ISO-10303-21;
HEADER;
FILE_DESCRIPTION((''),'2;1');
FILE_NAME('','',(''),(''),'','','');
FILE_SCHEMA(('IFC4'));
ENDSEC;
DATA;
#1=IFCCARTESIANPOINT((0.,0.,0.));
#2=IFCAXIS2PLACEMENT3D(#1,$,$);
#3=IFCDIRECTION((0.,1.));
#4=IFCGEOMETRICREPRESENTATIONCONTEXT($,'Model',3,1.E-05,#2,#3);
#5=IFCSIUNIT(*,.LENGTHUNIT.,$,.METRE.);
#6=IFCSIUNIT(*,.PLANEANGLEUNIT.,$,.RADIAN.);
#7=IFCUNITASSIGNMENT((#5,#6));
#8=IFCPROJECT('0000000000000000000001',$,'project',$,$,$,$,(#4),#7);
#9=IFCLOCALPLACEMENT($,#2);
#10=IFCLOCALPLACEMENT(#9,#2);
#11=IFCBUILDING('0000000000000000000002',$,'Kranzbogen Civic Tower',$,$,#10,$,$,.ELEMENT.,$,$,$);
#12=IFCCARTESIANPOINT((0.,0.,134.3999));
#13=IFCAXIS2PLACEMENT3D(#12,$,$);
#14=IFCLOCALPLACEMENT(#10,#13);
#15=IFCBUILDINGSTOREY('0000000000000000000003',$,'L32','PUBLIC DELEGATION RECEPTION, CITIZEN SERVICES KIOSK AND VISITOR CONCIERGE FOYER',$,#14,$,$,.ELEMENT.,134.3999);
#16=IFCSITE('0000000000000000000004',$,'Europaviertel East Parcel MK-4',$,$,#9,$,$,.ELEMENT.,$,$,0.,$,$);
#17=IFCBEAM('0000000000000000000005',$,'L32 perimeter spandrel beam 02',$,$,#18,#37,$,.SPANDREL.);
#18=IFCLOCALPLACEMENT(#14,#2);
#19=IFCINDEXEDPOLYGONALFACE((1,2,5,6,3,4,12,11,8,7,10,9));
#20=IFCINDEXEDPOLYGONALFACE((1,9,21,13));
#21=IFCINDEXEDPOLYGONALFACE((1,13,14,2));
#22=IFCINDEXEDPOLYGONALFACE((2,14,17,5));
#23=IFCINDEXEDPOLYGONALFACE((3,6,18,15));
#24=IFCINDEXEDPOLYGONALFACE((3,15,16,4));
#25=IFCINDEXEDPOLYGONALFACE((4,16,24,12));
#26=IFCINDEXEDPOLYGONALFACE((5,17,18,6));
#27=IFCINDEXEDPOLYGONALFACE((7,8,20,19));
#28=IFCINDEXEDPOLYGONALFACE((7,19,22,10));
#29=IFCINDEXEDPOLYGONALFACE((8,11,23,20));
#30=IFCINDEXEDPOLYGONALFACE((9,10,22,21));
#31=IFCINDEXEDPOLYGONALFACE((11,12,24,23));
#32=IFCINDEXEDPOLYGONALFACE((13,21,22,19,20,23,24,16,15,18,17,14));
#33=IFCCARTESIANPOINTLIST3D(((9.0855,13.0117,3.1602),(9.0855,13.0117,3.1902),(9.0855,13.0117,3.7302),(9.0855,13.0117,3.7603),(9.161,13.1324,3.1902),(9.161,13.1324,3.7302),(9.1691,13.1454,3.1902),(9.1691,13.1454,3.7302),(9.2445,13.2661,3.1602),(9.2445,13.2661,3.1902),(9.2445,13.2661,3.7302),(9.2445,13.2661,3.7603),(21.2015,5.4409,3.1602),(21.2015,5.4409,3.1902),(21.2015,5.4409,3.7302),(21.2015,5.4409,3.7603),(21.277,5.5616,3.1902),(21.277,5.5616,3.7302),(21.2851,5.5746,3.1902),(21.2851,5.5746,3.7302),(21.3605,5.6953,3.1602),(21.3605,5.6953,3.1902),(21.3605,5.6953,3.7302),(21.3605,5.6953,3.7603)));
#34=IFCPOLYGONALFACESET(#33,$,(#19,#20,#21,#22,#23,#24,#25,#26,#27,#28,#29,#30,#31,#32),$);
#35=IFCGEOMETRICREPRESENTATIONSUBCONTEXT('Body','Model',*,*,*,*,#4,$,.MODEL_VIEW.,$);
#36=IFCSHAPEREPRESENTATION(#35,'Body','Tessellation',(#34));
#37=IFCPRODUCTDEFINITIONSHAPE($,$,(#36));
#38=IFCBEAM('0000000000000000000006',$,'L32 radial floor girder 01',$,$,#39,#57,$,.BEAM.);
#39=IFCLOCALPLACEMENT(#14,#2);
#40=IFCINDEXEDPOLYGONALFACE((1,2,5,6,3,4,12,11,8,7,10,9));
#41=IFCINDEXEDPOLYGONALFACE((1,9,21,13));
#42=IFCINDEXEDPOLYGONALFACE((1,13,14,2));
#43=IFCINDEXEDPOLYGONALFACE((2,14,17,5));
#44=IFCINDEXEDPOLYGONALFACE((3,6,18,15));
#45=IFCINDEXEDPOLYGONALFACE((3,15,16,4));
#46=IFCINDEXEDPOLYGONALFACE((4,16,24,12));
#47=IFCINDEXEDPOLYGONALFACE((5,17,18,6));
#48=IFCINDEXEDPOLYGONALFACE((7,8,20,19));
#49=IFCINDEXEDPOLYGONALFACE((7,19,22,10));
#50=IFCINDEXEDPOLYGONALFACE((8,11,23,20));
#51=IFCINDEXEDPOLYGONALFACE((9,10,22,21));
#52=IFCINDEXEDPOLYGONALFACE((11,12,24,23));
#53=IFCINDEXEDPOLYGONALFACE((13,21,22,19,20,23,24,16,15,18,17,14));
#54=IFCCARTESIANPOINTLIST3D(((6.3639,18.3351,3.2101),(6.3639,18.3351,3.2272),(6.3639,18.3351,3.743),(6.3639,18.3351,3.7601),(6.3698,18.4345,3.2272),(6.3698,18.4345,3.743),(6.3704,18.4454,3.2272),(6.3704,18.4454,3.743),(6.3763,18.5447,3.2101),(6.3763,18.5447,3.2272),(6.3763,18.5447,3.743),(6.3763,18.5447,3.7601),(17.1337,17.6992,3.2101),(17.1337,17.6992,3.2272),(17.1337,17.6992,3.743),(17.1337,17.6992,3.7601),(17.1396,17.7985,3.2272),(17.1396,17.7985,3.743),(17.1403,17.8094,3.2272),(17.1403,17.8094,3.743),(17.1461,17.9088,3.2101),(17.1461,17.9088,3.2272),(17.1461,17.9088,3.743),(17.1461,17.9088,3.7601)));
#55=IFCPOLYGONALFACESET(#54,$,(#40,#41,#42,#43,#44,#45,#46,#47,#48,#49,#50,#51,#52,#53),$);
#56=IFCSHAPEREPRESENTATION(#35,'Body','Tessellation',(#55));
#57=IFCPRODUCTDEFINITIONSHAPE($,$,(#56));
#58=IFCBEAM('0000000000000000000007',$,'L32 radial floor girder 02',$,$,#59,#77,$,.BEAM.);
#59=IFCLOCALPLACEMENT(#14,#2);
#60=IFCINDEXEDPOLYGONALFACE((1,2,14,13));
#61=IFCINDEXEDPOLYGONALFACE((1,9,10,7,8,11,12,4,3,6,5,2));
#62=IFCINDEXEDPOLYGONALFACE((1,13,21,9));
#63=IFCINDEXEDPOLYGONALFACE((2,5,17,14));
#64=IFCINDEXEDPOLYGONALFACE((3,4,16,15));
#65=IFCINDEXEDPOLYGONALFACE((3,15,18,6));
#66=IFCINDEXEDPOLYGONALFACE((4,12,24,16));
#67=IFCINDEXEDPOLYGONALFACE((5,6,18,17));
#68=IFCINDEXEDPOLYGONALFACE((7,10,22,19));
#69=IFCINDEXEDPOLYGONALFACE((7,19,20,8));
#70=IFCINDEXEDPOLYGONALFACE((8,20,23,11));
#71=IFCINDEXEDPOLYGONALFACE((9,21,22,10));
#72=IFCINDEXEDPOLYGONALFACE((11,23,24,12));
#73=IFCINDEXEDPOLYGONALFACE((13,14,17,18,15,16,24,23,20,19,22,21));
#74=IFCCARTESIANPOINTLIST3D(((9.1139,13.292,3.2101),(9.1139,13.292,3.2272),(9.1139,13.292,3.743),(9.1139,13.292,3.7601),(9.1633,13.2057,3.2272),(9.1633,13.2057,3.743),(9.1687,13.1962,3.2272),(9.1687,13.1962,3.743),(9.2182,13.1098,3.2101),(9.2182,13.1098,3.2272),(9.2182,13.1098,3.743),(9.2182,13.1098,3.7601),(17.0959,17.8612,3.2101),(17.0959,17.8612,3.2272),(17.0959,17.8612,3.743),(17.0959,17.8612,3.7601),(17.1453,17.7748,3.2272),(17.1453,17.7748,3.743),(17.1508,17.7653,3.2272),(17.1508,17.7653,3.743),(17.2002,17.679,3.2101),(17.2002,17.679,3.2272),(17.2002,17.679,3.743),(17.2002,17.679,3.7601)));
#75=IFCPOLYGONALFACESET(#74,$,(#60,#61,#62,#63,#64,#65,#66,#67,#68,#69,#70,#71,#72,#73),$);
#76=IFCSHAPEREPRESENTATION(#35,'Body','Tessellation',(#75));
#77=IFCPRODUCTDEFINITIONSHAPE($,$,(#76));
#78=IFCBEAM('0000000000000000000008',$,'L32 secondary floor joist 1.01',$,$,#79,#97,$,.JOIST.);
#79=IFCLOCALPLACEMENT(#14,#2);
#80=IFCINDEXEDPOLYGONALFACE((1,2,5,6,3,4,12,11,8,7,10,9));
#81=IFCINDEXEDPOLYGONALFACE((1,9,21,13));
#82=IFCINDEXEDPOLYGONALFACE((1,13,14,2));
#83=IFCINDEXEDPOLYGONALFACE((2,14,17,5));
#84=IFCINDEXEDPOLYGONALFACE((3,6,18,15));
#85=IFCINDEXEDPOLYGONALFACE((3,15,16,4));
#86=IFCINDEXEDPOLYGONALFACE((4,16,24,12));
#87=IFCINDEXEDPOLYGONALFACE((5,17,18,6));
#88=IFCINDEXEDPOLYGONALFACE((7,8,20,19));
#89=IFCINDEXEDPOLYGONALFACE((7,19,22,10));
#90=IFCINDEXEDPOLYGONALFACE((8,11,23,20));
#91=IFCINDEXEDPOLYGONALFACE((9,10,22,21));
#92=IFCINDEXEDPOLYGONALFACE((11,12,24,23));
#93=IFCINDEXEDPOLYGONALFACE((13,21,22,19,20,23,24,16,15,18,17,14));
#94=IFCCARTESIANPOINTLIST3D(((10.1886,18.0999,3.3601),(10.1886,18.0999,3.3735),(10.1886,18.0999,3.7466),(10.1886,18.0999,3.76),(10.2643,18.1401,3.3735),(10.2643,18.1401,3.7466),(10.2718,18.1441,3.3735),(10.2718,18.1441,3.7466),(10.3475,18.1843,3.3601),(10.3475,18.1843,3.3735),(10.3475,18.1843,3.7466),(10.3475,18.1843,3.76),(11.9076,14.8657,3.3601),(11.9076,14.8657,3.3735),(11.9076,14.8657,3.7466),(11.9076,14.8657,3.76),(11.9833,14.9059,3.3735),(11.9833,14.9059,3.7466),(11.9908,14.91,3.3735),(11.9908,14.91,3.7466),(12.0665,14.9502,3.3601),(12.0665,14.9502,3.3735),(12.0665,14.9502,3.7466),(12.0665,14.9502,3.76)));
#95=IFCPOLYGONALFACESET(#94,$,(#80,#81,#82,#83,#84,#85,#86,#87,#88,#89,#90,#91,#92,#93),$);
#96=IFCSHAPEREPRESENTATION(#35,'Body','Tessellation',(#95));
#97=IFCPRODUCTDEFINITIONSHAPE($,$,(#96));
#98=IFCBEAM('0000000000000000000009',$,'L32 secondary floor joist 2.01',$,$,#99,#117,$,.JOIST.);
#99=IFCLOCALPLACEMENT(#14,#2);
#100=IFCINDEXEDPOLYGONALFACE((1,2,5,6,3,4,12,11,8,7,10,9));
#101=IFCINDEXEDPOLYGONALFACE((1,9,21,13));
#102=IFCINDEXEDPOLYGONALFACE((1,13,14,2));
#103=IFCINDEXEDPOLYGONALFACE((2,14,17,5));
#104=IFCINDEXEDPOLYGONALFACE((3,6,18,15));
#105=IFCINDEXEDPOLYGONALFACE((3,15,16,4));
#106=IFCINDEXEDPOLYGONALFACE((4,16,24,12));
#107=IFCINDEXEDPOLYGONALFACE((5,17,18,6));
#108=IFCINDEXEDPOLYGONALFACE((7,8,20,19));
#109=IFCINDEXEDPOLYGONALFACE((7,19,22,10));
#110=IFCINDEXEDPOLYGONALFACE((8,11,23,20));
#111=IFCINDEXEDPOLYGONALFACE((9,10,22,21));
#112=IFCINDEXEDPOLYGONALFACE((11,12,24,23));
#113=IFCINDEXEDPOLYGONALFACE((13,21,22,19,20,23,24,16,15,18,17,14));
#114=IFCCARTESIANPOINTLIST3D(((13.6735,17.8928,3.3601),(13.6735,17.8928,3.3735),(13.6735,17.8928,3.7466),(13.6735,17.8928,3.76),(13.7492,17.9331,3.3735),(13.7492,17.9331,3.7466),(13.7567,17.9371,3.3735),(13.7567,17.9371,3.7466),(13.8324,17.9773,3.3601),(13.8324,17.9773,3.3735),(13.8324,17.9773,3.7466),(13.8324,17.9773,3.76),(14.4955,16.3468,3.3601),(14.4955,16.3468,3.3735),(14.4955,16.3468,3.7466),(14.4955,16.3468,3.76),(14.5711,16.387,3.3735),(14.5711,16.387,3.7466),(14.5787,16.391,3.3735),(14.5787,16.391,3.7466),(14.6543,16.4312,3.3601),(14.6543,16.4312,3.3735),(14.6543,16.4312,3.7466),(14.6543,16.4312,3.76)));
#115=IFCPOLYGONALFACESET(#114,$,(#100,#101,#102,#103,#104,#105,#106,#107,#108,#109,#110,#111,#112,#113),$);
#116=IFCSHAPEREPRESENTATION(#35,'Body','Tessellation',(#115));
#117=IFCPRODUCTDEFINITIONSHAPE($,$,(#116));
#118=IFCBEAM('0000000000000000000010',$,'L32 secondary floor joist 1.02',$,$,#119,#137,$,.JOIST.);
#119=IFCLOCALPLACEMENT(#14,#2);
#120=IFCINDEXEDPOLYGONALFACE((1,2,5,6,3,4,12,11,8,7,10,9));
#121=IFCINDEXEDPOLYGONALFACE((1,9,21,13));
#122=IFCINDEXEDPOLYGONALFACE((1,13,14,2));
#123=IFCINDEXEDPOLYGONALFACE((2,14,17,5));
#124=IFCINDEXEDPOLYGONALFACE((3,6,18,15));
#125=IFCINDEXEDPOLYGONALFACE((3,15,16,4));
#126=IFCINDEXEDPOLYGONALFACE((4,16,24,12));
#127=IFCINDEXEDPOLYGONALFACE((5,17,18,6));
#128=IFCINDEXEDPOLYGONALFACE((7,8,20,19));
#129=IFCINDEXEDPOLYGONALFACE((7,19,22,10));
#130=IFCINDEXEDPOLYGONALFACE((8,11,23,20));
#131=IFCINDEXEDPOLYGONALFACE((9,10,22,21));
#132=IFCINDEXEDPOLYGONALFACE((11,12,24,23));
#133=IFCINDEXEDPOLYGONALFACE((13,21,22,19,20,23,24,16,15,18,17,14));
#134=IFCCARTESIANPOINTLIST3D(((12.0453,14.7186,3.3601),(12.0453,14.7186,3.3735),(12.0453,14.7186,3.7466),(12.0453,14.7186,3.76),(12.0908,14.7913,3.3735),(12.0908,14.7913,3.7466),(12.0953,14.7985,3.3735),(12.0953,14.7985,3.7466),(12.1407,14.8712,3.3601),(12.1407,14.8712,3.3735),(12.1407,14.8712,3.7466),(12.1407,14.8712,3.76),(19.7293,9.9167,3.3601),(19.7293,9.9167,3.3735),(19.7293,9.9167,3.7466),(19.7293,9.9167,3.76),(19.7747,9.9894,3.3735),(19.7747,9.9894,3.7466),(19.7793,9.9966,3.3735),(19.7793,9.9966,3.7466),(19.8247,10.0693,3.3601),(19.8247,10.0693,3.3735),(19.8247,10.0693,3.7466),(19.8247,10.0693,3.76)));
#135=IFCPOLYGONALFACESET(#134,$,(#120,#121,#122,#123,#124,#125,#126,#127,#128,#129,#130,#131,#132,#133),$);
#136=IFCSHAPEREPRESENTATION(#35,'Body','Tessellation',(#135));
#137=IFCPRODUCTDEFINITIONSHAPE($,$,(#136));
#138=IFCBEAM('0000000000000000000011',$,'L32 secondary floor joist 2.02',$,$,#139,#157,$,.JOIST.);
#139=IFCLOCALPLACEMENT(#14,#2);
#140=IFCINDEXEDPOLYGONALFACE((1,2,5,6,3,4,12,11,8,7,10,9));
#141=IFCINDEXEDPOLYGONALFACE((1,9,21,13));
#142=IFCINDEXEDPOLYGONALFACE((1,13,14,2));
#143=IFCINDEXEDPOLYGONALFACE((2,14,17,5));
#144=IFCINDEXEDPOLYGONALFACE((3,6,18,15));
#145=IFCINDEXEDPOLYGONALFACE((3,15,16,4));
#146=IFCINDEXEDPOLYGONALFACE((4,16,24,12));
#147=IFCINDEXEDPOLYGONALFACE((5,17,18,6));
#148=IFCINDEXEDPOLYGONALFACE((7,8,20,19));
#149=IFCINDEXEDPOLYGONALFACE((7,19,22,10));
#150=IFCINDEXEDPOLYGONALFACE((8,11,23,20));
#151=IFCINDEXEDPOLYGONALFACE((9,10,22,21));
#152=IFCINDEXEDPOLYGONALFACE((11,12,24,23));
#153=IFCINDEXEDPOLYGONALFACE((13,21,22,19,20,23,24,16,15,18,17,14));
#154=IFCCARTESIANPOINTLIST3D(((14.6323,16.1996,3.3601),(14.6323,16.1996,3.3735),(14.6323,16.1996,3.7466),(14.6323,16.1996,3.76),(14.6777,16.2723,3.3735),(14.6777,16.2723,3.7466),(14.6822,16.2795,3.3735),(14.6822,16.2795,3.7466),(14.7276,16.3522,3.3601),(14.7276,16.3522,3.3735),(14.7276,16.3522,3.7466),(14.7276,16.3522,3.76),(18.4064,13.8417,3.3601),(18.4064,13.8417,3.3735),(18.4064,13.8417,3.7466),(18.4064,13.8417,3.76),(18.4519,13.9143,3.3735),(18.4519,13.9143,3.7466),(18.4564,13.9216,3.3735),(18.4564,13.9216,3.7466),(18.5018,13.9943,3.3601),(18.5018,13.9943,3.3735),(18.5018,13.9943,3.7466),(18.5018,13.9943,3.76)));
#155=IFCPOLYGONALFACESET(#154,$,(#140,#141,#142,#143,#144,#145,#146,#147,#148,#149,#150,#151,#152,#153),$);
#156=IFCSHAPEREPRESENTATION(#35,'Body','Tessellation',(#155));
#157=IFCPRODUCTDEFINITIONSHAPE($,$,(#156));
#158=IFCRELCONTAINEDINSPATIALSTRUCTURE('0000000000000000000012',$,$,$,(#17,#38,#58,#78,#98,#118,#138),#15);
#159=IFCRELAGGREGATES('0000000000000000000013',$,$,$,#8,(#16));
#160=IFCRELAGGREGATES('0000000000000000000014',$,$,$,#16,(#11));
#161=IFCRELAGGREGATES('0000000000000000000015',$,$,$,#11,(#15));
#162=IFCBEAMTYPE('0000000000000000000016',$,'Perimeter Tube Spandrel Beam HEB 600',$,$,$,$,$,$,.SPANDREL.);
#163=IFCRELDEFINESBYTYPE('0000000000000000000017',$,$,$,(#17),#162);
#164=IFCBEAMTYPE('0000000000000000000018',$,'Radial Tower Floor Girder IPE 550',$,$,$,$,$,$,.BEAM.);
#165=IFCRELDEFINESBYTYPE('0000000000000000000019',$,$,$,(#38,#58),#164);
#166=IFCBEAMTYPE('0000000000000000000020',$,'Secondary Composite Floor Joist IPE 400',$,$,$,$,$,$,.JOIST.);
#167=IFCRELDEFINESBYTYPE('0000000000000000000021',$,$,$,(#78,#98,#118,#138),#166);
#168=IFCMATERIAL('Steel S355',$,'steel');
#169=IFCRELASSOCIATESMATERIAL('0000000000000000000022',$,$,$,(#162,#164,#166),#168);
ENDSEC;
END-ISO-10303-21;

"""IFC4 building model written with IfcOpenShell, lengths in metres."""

from ifc_helpers import new_model, si_unit, direction, frame, origin, origin_2d, place, context, subcontext, project, spatial, i_section, extrude, material, material_profile, profile_set, type_object, element, save


model = new_model("IFC4")

# Units and contexts
model_context = context("Model", 3, precision=1e-05, world=origin(), true_north=direction((0.0, 1.0)))
body_context = subcontext(model_context, "Body", "Model", "MODEL_VIEW")
ifc_project = project(units=[si_unit("LENGTHUNIT", "METRE"), si_unit("PLANEANGLEUNIT", "RADIAN")], contexts=[model_context])

# Site, building, storey
site_placement = place(None, origin())
site = spatial("IfcSite", under=ifc_project, at=site_placement, Name="Europaviertel East Parcel MK-4", CompositionType="ELEMENT", RefElevation=0.0)
building_placement = place(site_placement, origin())
building = spatial("IfcBuilding", under=site, at=building_placement, Name="Kranzbogen Civic Tower", CompositionType="ELEMENT")
storey_placement = place(building_placement, frame((0.0, 0.0, 134.3999)))
storey = spatial("IfcBuildingStorey", under=building, at=storey_placement, Name="L32", Description="PUBLIC DELEGATION RECEPTION, CITIZEN SERVICES KIOSK AND VISITOR CONCIERGE FOYER", CompositionType="ELEMENT", Elevation=134.3999)

# Beams
ifc_material_1 = material(Name="Steel S355", Category="steel")
ifc_material_profile_1 = material_profile(ifc_material_1, i_section(OverallWidth=0.3, OverallDepth=0.6001, WebThickness=0.0154, FlangeThickness=0.03, at=origin_2d()), Name="HEB 600")
ifc_profile_set_1 = profile_set([ifc_material_profile_1], Name="Steel S355")
beam_type_1 = type_object("IfcBeamType", Name="Perimeter Tube Spandrel Beam HEB 600", PredefinedType="SPANDREL", material=ifc_profile_set_1)
beam_1_placement = place(storey_placement, frame((9.165, 13.1389, 3.4602), z_axis=(0.848051, -0.529914, 0.0), x_axis=(0.529914, 0.848051, 0.0)))
element("IfcBeam", 1, at=beam_1_placement, inside=storey, type_object=beam_type_1, Name="L32 perimeter spandrel beam 02", PredefinedType="SPANDREL", context=body_context, shape_type="SweptSolid", body=[
    extrude(i_section(OverallWidth=0.3, OverallDepth=0.6001, WebThickness=0.0154, FlangeThickness=0.03, at=origin_2d()), origin(), (0.0, 0.0, 1.0), 14.2869),
])
ifc_material_profile_2 = material_profile(ifc_material_1, i_section(OverallWidth=0.21, OverallDepth=0.55, WebThickness=0.011, FlangeThickness=0.0171, at=origin_2d()), Name="IPE 550")
ifc_profile_set_2 = profile_set([ifc_material_profile_2], Name="Steel S355")
beam_type_2 = type_object("IfcBeamType", Name="Radial Tower Floor Girder IPE 550", PredefinedType="BEAM", material=ifc_profile_set_2)
beam_2_placement = place(storey_placement, frame((6.3701, 18.4399, 3.4851), z_axis=(0.998261, -0.05895, 0.0), x_axis=(0.05895, 0.998261, 0.0)))
element("IfcBeam", 2, at=beam_2_placement, inside=storey, type_object=beam_type_2, Name="L32 radial floor girder 01", PredefinedType="BEAM", context=body_context, shape_type="SweptSolid", body=[
    extrude(i_section(OverallWidth=0.21, OverallDepth=0.55, WebThickness=0.011, FlangeThickness=0.0171, at=origin_2d()), origin(), (0.0, 0.0, 1.0), 10.7886),
])
beam_3_placement = place(storey_placement, frame((9.166, 13.2009, 3.4851), z_axis=(0.867869, 0.496793, 0.0), x_axis=(-0.496793, 0.867869, 0.0)))
element("IfcBeam", 3, at=beam_3_placement, inside=storey, type_object=beam_type_2, Name="L32 radial floor girder 02", PredefinedType="BEAM", context=body_context, shape_type="SweptSolid", body=[
    extrude(i_section(OverallWidth=0.21, OverallDepth=0.55, WebThickness=0.011, FlangeThickness=0.0171, at=origin_2d()), origin(), (0.0, 0.0, 1.0), 9.1973),
])
ifc_material_profile_3 = material_profile(ifc_material_1, i_section(OverallWidth=0.1799, OverallDepth=0.3999, WebThickness=0.0085, FlangeThickness=0.0134, at=origin_2d()), Name="IPE 400")
ifc_profile_set_3 = profile_set([ifc_material_profile_3], Name="Steel S355")
beam_type_3 = type_object("IfcBeamType", Name="Secondary Composite Floor Joist IPE 400", PredefinedType="JOIST", material=ifc_profile_set_3)
beam_4_placement = place(storey_placement, frame((10.2681, 18.1421, 3.5601), z_axis=(0.469339, -0.883018, 0.0), x_axis=(0.883018, 0.469339, 0.0)))
element("IfcBeam", 4, at=beam_4_placement, inside=storey, type_object=beam_type_3, Name="L32 secondary floor joist 1.01", PredefinedType="JOIST", context=body_context, shape_type="SweptSolid", body=[
    extrude(i_section(OverallWidth=0.1799, OverallDepth=0.3999, WebThickness=0.0085, FlangeThickness=0.0134, at=origin_2d()), origin(), (0.0, 0.0, 1.0), 3.6626),
])
beam_5_placement = place(storey_placement, frame((13.7529, 17.9351, 3.5601), z_axis=(0.469437, -0.882966, 0.0), x_axis=(0.882966, 0.469437, 0.0)))
element("IfcBeam", 5, at=beam_5_placement, inside=storey, type_object=beam_type_3, Name="L32 secondary floor joist 2.01", PredefinedType="JOIST", context=body_context, shape_type="SweptSolid", body=[
    extrude(i_section(OverallWidth=0.1799, OverallDepth=0.3999, WebThickness=0.0085, FlangeThickness=0.0134, at=origin_2d()), origin(), (0.0, 0.0, 1.0), 1.751),
])
beam_6_placement = place(storey_placement, frame((12.093, 14.7949, 3.5601), z_axis=(0.848026, -0.529955, 0.0), x_axis=(0.529955, 0.848026, 0.0)))
element("IfcBeam", 6, at=beam_6_placement, inside=storey, type_object=beam_type_3, Name="L32 secondary floor joist 1.02", PredefinedType="JOIST", context=body_context, shape_type="SweptSolid", body=[
    extrude(i_section(OverallWidth=0.1799, OverallDepth=0.3999, WebThickness=0.0085, FlangeThickness=0.0134, at=origin_2d()), origin(), (0.0, 0.0, 1.0), 9.061),
])
beam_7_placement = place(storey_placement, frame((14.6799, 16.2759, 3.5601), z_axis=(0.848094, -0.529846, 0.0), x_axis=(0.529846, 0.848094, 0.0)))
element("IfcBeam", 7, at=beam_7_placement, inside=storey, type_object=beam_type_3, Name="L32 secondary floor joist 2.02", PredefinedType="JOIST", context=body_context, shape_type="SweptSolid", body=[
    extrude(i_section(OverallWidth=0.1799, OverallDepth=0.3999, WebThickness=0.0085, FlangeThickness=0.0134, at=origin_2d()), origin(), (0.0, 0.0, 1.0), 4.4502),
])

save(model, "model.ifc")
